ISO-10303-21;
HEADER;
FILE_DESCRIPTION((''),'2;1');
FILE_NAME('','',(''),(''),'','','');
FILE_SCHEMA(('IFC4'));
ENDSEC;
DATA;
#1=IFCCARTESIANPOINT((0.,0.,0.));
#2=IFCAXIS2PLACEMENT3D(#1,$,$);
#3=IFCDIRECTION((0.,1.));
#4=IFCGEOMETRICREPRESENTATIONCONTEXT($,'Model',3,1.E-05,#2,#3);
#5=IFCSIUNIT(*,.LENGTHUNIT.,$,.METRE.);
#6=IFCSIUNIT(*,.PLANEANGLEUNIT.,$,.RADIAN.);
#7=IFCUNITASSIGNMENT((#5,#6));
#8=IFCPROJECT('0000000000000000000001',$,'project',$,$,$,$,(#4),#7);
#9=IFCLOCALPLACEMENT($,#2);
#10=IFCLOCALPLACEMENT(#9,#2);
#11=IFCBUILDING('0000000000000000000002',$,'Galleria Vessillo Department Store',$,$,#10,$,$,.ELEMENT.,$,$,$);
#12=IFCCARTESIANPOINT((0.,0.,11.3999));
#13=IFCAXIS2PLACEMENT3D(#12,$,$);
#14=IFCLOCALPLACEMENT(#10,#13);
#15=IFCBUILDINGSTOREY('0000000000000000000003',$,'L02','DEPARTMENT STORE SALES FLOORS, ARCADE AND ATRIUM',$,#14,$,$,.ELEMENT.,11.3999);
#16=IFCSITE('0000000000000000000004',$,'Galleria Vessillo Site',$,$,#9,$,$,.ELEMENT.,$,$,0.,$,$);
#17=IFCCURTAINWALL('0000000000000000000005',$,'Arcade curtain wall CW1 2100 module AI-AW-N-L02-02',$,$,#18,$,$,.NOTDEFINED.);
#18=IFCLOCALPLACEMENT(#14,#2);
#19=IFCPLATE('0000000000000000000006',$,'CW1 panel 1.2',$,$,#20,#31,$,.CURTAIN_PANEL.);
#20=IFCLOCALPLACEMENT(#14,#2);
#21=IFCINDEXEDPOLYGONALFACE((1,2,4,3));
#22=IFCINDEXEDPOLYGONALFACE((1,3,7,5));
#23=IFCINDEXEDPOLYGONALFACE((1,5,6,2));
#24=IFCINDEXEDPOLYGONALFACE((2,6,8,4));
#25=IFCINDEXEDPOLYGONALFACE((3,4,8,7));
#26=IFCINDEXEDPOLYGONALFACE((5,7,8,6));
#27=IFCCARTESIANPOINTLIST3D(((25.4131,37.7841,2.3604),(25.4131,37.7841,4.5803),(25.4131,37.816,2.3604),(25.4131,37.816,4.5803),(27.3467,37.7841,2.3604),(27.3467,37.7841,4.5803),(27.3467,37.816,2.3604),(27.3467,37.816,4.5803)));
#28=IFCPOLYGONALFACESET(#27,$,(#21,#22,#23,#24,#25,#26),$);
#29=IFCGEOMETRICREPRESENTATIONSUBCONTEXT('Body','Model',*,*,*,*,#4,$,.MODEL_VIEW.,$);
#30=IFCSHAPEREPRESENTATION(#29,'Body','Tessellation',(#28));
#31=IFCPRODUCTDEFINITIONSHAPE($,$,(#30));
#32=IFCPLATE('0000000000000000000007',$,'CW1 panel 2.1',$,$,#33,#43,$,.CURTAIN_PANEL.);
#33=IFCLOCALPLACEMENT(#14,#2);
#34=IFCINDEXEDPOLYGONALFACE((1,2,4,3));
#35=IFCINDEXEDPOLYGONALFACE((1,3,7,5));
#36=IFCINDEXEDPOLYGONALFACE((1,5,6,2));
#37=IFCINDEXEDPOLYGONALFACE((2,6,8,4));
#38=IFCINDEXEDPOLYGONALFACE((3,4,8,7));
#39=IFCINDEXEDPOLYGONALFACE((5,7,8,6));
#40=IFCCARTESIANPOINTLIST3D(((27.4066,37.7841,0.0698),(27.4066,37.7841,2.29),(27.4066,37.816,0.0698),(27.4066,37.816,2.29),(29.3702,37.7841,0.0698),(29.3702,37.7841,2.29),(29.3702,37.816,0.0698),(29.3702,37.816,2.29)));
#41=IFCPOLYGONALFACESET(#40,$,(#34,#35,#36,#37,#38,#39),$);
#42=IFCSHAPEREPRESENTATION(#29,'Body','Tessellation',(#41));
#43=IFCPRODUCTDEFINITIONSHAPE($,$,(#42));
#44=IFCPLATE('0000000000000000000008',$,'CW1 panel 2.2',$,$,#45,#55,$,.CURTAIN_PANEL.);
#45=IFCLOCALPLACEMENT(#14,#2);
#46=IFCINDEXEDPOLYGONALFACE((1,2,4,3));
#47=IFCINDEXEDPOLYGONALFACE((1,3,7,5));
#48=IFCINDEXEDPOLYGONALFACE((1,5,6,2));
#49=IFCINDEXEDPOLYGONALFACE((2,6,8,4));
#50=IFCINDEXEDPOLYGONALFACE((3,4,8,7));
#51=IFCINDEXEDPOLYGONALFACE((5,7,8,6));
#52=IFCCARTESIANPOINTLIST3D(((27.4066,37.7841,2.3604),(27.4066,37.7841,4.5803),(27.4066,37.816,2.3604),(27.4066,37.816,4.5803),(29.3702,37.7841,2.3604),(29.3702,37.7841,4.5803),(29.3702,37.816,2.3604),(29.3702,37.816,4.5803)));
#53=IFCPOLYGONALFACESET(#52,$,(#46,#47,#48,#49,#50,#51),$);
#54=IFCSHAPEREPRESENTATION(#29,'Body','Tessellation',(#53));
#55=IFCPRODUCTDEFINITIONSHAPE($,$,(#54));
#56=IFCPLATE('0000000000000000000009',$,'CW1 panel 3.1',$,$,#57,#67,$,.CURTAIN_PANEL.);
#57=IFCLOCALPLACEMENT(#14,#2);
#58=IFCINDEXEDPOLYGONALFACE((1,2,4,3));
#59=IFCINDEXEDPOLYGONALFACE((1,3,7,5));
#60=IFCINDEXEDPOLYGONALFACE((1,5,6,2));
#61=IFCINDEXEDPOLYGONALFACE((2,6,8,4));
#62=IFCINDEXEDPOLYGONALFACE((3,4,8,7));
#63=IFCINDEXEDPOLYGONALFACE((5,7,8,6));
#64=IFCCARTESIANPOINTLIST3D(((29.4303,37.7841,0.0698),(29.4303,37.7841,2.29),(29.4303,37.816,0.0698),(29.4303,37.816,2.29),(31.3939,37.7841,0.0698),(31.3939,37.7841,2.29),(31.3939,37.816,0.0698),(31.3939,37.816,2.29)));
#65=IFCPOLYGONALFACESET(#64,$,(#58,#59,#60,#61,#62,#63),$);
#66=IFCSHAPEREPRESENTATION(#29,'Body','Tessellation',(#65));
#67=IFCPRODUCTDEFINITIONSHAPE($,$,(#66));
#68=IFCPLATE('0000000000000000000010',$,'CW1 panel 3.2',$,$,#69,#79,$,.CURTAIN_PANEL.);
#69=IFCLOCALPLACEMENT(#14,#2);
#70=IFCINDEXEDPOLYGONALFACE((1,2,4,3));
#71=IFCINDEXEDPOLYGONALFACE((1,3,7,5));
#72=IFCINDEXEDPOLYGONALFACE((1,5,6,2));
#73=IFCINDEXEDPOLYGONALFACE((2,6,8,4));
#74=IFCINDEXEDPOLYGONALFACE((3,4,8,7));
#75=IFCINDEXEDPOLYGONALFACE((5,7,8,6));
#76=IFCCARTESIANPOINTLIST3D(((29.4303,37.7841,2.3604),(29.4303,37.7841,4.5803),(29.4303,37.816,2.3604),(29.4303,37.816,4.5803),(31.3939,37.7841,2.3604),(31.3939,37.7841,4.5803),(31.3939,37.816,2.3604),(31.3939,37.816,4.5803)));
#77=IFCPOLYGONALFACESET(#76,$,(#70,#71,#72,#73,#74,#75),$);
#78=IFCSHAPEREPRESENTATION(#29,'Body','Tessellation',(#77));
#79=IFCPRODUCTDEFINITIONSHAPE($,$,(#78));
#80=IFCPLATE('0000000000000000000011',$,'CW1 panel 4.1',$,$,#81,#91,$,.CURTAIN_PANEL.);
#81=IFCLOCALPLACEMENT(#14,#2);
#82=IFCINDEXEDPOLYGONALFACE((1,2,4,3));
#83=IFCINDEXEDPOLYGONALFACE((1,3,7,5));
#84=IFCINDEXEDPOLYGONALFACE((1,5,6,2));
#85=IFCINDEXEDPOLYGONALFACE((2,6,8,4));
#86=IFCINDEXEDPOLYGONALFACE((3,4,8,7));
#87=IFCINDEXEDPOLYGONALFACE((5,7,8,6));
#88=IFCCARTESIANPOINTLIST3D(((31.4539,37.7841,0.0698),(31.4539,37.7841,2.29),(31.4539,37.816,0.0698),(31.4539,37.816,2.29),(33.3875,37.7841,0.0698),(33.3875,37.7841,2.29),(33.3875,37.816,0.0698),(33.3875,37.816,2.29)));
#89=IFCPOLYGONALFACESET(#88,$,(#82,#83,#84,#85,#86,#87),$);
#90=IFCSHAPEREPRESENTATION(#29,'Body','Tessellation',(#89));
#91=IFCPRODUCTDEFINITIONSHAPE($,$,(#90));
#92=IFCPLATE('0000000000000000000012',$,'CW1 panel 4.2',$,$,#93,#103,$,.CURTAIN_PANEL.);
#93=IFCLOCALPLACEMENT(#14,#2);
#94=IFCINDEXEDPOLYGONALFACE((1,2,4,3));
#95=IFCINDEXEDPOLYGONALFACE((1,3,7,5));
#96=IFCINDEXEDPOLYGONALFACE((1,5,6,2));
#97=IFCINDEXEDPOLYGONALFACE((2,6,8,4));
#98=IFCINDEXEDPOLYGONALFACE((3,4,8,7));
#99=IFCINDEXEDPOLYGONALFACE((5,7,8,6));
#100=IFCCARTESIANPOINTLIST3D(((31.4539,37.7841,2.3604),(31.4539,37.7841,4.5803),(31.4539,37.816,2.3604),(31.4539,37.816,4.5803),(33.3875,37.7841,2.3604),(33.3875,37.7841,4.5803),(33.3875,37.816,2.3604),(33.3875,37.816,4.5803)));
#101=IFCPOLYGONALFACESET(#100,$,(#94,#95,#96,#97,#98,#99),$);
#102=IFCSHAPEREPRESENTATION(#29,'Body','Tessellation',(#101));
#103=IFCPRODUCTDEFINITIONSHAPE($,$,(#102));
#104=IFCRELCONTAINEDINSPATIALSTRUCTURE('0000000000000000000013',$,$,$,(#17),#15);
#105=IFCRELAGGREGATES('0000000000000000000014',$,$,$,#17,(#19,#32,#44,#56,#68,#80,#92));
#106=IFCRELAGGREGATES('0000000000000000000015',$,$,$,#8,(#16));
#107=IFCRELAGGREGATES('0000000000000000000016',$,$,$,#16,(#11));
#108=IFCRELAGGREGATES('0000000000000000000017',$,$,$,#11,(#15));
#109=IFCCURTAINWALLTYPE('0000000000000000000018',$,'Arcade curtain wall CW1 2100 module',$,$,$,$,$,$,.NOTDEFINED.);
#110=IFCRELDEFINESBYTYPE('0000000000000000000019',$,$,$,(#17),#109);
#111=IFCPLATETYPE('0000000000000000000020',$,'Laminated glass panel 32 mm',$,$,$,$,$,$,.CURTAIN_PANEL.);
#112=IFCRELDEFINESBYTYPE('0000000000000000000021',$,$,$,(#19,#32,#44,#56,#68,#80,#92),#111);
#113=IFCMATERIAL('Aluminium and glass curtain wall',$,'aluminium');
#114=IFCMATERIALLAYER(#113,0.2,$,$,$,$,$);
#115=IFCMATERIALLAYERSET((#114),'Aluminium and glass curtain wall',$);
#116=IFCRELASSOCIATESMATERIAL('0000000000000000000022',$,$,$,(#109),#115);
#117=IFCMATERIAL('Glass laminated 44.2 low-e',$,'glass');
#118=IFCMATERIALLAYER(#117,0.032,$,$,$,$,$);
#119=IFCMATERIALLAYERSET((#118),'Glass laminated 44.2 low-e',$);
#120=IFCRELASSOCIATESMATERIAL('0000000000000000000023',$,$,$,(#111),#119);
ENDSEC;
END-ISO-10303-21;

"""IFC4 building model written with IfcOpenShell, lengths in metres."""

from ifc_helpers import new_model, si_unit, direction, frame, origin, origin_2d, place, context, subcontext, project, spatial, rectangle, extrude, material, layer, layer_set, type_object, element, aggregate, save


model = new_model("IFC4")

# Units and contexts
model_context = context("Model", 3, precision=1e-05, world=origin(), true_north=direction((0.0, 1.0)))
body_context = subcontext(model_context, "Body", "Model", "MODEL_VIEW")
ifc_project = project(units=[si_unit("LENGTHUNIT", "METRE"), si_unit("PLANEANGLEUNIT", "RADIAN")], contexts=[model_context])

# Site, building, storey
site_placement = place(None, origin())
site = spatial("IfcSite", under=ifc_project, at=site_placement, Name="Galleria Vessillo Site", CompositionType="ELEMENT", RefElevation=0.0)
building_placement = place(site_placement, origin())
building = spatial("IfcBuilding", under=site, at=building_placement, Name="Galleria Vessillo Department Store", CompositionType="ELEMENT")
storey_placement = place(building_placement, frame((0.0, 0.0, 11.3999)))
storey = spatial("IfcBuildingStorey", under=building, at=storey_placement, Name="L02", Description="DEPARTMENT STORE SALES FLOORS, ARCADE AND ATRIUM", CompositionType="ELEMENT", Elevation=11.3999)

# Curtain wall, plates
ifc_material_1 = material(Name="Aluminium and glass curtain wall", Category="aluminium")
ifc_layer_1 = layer(ifc_material_1, 0.2)
ifc_layer_set_1 = layer_set([ifc_layer_1], Name="Aluminium and glass curtain wall")
curtain_wall_type = type_object("IfcCurtainWallType", Name="Arcade curtain wall CW1 2100 module", PredefinedType="NOTDEFINED", material=ifc_layer_set_1)
curtain_wall_placement = place(storey_placement, origin())
curtain_wall = element("IfcCurtainWall", 1, at=curtain_wall_placement, inside=storey, type_object=curtain_wall_type, Name="Arcade curtain wall CW1 2100 module AI-AW-N-L02-02", PredefinedType="NOTDEFINED")
ifc_material_2 = material(Name="Glass laminated 44.2 low-e", Category="glass")
ifc_layer_2 = layer(ifc_material_2, 0.032)
ifc_layer_set_2 = layer_set([ifc_layer_2], Name="Glass laminated 44.2 low-e")
plate_type = type_object("IfcPlateType", Name="Laminated glass panel 32 mm", PredefinedType="CURTAIN_PANEL", material=ifc_layer_set_2)
plate_1_placement = place(storey_placement, frame((26.3799, 37.8, 2.3604), z_axis=(0.0, 0.0, 1.0), x_axis=(1.0, 0.0, 0.0)))
plate_1 = element("IfcPlate", 2, at=plate_1_placement, type_object=plate_type, Name="CW1 panel 1.2", PredefinedType="CURTAIN_PANEL", context=body_context, shape_type="SweptSolid", body=[
    extrude(rectangle(XDim=1.9336, YDim=0.032, at=origin_2d()), origin(), (0.0, 0.0, 1.0), 2.22),
])
plate_2_placement = place(storey_placement, frame((28.3884, 37.8, 0.0698), z_axis=(0.0, 0.0, 1.0), x_axis=(1.0, 0.0, 0.0)))
plate_2 = element("IfcPlate", 3, at=plate_2_placement, type_object=plate_type, Name="CW1 panel 2.1", PredefinedType="CURTAIN_PANEL", context=body_context, shape_type="SweptSolid", body=[
    extrude(rectangle(XDim=1.9636, YDim=0.032, at=origin_2d()), origin(), (0.0, 0.0, 1.0), 2.2202),
])
plate_3_placement = place(storey_placement, frame((28.3884, 37.8, 2.3604), z_axis=(0.0, 0.0, 1.0), x_axis=(1.0, 0.0, 0.0)))
plate_3 = element("IfcPlate", 4, at=plate_3_placement, type_object=plate_type, Name="CW1 panel 2.2", PredefinedType="CURTAIN_PANEL", context=body_context, shape_type="SweptSolid", body=[
    extrude(rectangle(XDim=1.9636, YDim=0.032, at=origin_2d()), origin(), (0.0, 0.0, 1.0), 2.22),
])
plate_4_placement = place(storey_placement, frame((30.4121, 37.8, 0.0698), z_axis=(0.0, 0.0, 1.0), x_axis=(1.0, 0.0, 0.0)))
plate_4 = element("IfcPlate", 5, at=plate_4_placement, type_object=plate_type, Name="CW1 panel 3.1", PredefinedType="CURTAIN_PANEL", context=body_context, shape_type="SweptSolid", body=[
    extrude(rectangle(XDim=1.9636, YDim=0.032, at=origin_2d()), origin(), (0.0, 0.0, 1.0), 2.2202),
])
plate_5_placement = place(storey_placement, frame((30.4121, 37.8, 2.3604), z_axis=(0.0, 0.0, 1.0), x_axis=(1.0, 0.0, 0.0)))
plate_5 = element("IfcPlate", 6, at=plate_5_placement, type_object=plate_type, Name="CW1 panel 3.2", PredefinedType="CURTAIN_PANEL", context=body_context, shape_type="SweptSolid", body=[
    extrude(rectangle(XDim=1.9636, YDim=0.032, at=origin_2d()), origin(), (0.0, 0.0, 1.0), 2.22),
])
plate_6_placement = place(storey_placement, frame((32.4207, 37.8, 0.0698), z_axis=(0.0, 0.0, 1.0), x_axis=(1.0, 0.0, 0.0)))
plate_6 = element("IfcPlate", 7, at=plate_6_placement, type_object=plate_type, Name="CW1 panel 4.1", PredefinedType="CURTAIN_PANEL", context=body_context, shape_type="SweptSolid", body=[
    extrude(rectangle(XDim=1.9336, YDim=0.032, at=origin_2d()), origin(), (0.0, 0.0, 1.0), 2.2202),
])
plate_7_placement = place(storey_placement, frame((32.4207, 37.8, 2.3604), z_axis=(0.0, 0.0, 1.0), x_axis=(1.0, 0.0, 0.0)))
plate_7 = element("IfcPlate", 8, at=plate_7_placement, type_object=plate_type, Name="CW1 panel 4.2", PredefinedType="CURTAIN_PANEL", context=body_context, shape_type="SweptSolid", body=[
    extrude(rectangle(XDim=1.9336, YDim=0.032, at=origin_2d()), origin(), (0.0, 0.0, 1.0), 2.22),
])
aggregate(curtain_wall, [plate_1, plate_2, plate_3, plate_4, plate_5, plate_6, plate_7])

save(model, "model.ifc")
